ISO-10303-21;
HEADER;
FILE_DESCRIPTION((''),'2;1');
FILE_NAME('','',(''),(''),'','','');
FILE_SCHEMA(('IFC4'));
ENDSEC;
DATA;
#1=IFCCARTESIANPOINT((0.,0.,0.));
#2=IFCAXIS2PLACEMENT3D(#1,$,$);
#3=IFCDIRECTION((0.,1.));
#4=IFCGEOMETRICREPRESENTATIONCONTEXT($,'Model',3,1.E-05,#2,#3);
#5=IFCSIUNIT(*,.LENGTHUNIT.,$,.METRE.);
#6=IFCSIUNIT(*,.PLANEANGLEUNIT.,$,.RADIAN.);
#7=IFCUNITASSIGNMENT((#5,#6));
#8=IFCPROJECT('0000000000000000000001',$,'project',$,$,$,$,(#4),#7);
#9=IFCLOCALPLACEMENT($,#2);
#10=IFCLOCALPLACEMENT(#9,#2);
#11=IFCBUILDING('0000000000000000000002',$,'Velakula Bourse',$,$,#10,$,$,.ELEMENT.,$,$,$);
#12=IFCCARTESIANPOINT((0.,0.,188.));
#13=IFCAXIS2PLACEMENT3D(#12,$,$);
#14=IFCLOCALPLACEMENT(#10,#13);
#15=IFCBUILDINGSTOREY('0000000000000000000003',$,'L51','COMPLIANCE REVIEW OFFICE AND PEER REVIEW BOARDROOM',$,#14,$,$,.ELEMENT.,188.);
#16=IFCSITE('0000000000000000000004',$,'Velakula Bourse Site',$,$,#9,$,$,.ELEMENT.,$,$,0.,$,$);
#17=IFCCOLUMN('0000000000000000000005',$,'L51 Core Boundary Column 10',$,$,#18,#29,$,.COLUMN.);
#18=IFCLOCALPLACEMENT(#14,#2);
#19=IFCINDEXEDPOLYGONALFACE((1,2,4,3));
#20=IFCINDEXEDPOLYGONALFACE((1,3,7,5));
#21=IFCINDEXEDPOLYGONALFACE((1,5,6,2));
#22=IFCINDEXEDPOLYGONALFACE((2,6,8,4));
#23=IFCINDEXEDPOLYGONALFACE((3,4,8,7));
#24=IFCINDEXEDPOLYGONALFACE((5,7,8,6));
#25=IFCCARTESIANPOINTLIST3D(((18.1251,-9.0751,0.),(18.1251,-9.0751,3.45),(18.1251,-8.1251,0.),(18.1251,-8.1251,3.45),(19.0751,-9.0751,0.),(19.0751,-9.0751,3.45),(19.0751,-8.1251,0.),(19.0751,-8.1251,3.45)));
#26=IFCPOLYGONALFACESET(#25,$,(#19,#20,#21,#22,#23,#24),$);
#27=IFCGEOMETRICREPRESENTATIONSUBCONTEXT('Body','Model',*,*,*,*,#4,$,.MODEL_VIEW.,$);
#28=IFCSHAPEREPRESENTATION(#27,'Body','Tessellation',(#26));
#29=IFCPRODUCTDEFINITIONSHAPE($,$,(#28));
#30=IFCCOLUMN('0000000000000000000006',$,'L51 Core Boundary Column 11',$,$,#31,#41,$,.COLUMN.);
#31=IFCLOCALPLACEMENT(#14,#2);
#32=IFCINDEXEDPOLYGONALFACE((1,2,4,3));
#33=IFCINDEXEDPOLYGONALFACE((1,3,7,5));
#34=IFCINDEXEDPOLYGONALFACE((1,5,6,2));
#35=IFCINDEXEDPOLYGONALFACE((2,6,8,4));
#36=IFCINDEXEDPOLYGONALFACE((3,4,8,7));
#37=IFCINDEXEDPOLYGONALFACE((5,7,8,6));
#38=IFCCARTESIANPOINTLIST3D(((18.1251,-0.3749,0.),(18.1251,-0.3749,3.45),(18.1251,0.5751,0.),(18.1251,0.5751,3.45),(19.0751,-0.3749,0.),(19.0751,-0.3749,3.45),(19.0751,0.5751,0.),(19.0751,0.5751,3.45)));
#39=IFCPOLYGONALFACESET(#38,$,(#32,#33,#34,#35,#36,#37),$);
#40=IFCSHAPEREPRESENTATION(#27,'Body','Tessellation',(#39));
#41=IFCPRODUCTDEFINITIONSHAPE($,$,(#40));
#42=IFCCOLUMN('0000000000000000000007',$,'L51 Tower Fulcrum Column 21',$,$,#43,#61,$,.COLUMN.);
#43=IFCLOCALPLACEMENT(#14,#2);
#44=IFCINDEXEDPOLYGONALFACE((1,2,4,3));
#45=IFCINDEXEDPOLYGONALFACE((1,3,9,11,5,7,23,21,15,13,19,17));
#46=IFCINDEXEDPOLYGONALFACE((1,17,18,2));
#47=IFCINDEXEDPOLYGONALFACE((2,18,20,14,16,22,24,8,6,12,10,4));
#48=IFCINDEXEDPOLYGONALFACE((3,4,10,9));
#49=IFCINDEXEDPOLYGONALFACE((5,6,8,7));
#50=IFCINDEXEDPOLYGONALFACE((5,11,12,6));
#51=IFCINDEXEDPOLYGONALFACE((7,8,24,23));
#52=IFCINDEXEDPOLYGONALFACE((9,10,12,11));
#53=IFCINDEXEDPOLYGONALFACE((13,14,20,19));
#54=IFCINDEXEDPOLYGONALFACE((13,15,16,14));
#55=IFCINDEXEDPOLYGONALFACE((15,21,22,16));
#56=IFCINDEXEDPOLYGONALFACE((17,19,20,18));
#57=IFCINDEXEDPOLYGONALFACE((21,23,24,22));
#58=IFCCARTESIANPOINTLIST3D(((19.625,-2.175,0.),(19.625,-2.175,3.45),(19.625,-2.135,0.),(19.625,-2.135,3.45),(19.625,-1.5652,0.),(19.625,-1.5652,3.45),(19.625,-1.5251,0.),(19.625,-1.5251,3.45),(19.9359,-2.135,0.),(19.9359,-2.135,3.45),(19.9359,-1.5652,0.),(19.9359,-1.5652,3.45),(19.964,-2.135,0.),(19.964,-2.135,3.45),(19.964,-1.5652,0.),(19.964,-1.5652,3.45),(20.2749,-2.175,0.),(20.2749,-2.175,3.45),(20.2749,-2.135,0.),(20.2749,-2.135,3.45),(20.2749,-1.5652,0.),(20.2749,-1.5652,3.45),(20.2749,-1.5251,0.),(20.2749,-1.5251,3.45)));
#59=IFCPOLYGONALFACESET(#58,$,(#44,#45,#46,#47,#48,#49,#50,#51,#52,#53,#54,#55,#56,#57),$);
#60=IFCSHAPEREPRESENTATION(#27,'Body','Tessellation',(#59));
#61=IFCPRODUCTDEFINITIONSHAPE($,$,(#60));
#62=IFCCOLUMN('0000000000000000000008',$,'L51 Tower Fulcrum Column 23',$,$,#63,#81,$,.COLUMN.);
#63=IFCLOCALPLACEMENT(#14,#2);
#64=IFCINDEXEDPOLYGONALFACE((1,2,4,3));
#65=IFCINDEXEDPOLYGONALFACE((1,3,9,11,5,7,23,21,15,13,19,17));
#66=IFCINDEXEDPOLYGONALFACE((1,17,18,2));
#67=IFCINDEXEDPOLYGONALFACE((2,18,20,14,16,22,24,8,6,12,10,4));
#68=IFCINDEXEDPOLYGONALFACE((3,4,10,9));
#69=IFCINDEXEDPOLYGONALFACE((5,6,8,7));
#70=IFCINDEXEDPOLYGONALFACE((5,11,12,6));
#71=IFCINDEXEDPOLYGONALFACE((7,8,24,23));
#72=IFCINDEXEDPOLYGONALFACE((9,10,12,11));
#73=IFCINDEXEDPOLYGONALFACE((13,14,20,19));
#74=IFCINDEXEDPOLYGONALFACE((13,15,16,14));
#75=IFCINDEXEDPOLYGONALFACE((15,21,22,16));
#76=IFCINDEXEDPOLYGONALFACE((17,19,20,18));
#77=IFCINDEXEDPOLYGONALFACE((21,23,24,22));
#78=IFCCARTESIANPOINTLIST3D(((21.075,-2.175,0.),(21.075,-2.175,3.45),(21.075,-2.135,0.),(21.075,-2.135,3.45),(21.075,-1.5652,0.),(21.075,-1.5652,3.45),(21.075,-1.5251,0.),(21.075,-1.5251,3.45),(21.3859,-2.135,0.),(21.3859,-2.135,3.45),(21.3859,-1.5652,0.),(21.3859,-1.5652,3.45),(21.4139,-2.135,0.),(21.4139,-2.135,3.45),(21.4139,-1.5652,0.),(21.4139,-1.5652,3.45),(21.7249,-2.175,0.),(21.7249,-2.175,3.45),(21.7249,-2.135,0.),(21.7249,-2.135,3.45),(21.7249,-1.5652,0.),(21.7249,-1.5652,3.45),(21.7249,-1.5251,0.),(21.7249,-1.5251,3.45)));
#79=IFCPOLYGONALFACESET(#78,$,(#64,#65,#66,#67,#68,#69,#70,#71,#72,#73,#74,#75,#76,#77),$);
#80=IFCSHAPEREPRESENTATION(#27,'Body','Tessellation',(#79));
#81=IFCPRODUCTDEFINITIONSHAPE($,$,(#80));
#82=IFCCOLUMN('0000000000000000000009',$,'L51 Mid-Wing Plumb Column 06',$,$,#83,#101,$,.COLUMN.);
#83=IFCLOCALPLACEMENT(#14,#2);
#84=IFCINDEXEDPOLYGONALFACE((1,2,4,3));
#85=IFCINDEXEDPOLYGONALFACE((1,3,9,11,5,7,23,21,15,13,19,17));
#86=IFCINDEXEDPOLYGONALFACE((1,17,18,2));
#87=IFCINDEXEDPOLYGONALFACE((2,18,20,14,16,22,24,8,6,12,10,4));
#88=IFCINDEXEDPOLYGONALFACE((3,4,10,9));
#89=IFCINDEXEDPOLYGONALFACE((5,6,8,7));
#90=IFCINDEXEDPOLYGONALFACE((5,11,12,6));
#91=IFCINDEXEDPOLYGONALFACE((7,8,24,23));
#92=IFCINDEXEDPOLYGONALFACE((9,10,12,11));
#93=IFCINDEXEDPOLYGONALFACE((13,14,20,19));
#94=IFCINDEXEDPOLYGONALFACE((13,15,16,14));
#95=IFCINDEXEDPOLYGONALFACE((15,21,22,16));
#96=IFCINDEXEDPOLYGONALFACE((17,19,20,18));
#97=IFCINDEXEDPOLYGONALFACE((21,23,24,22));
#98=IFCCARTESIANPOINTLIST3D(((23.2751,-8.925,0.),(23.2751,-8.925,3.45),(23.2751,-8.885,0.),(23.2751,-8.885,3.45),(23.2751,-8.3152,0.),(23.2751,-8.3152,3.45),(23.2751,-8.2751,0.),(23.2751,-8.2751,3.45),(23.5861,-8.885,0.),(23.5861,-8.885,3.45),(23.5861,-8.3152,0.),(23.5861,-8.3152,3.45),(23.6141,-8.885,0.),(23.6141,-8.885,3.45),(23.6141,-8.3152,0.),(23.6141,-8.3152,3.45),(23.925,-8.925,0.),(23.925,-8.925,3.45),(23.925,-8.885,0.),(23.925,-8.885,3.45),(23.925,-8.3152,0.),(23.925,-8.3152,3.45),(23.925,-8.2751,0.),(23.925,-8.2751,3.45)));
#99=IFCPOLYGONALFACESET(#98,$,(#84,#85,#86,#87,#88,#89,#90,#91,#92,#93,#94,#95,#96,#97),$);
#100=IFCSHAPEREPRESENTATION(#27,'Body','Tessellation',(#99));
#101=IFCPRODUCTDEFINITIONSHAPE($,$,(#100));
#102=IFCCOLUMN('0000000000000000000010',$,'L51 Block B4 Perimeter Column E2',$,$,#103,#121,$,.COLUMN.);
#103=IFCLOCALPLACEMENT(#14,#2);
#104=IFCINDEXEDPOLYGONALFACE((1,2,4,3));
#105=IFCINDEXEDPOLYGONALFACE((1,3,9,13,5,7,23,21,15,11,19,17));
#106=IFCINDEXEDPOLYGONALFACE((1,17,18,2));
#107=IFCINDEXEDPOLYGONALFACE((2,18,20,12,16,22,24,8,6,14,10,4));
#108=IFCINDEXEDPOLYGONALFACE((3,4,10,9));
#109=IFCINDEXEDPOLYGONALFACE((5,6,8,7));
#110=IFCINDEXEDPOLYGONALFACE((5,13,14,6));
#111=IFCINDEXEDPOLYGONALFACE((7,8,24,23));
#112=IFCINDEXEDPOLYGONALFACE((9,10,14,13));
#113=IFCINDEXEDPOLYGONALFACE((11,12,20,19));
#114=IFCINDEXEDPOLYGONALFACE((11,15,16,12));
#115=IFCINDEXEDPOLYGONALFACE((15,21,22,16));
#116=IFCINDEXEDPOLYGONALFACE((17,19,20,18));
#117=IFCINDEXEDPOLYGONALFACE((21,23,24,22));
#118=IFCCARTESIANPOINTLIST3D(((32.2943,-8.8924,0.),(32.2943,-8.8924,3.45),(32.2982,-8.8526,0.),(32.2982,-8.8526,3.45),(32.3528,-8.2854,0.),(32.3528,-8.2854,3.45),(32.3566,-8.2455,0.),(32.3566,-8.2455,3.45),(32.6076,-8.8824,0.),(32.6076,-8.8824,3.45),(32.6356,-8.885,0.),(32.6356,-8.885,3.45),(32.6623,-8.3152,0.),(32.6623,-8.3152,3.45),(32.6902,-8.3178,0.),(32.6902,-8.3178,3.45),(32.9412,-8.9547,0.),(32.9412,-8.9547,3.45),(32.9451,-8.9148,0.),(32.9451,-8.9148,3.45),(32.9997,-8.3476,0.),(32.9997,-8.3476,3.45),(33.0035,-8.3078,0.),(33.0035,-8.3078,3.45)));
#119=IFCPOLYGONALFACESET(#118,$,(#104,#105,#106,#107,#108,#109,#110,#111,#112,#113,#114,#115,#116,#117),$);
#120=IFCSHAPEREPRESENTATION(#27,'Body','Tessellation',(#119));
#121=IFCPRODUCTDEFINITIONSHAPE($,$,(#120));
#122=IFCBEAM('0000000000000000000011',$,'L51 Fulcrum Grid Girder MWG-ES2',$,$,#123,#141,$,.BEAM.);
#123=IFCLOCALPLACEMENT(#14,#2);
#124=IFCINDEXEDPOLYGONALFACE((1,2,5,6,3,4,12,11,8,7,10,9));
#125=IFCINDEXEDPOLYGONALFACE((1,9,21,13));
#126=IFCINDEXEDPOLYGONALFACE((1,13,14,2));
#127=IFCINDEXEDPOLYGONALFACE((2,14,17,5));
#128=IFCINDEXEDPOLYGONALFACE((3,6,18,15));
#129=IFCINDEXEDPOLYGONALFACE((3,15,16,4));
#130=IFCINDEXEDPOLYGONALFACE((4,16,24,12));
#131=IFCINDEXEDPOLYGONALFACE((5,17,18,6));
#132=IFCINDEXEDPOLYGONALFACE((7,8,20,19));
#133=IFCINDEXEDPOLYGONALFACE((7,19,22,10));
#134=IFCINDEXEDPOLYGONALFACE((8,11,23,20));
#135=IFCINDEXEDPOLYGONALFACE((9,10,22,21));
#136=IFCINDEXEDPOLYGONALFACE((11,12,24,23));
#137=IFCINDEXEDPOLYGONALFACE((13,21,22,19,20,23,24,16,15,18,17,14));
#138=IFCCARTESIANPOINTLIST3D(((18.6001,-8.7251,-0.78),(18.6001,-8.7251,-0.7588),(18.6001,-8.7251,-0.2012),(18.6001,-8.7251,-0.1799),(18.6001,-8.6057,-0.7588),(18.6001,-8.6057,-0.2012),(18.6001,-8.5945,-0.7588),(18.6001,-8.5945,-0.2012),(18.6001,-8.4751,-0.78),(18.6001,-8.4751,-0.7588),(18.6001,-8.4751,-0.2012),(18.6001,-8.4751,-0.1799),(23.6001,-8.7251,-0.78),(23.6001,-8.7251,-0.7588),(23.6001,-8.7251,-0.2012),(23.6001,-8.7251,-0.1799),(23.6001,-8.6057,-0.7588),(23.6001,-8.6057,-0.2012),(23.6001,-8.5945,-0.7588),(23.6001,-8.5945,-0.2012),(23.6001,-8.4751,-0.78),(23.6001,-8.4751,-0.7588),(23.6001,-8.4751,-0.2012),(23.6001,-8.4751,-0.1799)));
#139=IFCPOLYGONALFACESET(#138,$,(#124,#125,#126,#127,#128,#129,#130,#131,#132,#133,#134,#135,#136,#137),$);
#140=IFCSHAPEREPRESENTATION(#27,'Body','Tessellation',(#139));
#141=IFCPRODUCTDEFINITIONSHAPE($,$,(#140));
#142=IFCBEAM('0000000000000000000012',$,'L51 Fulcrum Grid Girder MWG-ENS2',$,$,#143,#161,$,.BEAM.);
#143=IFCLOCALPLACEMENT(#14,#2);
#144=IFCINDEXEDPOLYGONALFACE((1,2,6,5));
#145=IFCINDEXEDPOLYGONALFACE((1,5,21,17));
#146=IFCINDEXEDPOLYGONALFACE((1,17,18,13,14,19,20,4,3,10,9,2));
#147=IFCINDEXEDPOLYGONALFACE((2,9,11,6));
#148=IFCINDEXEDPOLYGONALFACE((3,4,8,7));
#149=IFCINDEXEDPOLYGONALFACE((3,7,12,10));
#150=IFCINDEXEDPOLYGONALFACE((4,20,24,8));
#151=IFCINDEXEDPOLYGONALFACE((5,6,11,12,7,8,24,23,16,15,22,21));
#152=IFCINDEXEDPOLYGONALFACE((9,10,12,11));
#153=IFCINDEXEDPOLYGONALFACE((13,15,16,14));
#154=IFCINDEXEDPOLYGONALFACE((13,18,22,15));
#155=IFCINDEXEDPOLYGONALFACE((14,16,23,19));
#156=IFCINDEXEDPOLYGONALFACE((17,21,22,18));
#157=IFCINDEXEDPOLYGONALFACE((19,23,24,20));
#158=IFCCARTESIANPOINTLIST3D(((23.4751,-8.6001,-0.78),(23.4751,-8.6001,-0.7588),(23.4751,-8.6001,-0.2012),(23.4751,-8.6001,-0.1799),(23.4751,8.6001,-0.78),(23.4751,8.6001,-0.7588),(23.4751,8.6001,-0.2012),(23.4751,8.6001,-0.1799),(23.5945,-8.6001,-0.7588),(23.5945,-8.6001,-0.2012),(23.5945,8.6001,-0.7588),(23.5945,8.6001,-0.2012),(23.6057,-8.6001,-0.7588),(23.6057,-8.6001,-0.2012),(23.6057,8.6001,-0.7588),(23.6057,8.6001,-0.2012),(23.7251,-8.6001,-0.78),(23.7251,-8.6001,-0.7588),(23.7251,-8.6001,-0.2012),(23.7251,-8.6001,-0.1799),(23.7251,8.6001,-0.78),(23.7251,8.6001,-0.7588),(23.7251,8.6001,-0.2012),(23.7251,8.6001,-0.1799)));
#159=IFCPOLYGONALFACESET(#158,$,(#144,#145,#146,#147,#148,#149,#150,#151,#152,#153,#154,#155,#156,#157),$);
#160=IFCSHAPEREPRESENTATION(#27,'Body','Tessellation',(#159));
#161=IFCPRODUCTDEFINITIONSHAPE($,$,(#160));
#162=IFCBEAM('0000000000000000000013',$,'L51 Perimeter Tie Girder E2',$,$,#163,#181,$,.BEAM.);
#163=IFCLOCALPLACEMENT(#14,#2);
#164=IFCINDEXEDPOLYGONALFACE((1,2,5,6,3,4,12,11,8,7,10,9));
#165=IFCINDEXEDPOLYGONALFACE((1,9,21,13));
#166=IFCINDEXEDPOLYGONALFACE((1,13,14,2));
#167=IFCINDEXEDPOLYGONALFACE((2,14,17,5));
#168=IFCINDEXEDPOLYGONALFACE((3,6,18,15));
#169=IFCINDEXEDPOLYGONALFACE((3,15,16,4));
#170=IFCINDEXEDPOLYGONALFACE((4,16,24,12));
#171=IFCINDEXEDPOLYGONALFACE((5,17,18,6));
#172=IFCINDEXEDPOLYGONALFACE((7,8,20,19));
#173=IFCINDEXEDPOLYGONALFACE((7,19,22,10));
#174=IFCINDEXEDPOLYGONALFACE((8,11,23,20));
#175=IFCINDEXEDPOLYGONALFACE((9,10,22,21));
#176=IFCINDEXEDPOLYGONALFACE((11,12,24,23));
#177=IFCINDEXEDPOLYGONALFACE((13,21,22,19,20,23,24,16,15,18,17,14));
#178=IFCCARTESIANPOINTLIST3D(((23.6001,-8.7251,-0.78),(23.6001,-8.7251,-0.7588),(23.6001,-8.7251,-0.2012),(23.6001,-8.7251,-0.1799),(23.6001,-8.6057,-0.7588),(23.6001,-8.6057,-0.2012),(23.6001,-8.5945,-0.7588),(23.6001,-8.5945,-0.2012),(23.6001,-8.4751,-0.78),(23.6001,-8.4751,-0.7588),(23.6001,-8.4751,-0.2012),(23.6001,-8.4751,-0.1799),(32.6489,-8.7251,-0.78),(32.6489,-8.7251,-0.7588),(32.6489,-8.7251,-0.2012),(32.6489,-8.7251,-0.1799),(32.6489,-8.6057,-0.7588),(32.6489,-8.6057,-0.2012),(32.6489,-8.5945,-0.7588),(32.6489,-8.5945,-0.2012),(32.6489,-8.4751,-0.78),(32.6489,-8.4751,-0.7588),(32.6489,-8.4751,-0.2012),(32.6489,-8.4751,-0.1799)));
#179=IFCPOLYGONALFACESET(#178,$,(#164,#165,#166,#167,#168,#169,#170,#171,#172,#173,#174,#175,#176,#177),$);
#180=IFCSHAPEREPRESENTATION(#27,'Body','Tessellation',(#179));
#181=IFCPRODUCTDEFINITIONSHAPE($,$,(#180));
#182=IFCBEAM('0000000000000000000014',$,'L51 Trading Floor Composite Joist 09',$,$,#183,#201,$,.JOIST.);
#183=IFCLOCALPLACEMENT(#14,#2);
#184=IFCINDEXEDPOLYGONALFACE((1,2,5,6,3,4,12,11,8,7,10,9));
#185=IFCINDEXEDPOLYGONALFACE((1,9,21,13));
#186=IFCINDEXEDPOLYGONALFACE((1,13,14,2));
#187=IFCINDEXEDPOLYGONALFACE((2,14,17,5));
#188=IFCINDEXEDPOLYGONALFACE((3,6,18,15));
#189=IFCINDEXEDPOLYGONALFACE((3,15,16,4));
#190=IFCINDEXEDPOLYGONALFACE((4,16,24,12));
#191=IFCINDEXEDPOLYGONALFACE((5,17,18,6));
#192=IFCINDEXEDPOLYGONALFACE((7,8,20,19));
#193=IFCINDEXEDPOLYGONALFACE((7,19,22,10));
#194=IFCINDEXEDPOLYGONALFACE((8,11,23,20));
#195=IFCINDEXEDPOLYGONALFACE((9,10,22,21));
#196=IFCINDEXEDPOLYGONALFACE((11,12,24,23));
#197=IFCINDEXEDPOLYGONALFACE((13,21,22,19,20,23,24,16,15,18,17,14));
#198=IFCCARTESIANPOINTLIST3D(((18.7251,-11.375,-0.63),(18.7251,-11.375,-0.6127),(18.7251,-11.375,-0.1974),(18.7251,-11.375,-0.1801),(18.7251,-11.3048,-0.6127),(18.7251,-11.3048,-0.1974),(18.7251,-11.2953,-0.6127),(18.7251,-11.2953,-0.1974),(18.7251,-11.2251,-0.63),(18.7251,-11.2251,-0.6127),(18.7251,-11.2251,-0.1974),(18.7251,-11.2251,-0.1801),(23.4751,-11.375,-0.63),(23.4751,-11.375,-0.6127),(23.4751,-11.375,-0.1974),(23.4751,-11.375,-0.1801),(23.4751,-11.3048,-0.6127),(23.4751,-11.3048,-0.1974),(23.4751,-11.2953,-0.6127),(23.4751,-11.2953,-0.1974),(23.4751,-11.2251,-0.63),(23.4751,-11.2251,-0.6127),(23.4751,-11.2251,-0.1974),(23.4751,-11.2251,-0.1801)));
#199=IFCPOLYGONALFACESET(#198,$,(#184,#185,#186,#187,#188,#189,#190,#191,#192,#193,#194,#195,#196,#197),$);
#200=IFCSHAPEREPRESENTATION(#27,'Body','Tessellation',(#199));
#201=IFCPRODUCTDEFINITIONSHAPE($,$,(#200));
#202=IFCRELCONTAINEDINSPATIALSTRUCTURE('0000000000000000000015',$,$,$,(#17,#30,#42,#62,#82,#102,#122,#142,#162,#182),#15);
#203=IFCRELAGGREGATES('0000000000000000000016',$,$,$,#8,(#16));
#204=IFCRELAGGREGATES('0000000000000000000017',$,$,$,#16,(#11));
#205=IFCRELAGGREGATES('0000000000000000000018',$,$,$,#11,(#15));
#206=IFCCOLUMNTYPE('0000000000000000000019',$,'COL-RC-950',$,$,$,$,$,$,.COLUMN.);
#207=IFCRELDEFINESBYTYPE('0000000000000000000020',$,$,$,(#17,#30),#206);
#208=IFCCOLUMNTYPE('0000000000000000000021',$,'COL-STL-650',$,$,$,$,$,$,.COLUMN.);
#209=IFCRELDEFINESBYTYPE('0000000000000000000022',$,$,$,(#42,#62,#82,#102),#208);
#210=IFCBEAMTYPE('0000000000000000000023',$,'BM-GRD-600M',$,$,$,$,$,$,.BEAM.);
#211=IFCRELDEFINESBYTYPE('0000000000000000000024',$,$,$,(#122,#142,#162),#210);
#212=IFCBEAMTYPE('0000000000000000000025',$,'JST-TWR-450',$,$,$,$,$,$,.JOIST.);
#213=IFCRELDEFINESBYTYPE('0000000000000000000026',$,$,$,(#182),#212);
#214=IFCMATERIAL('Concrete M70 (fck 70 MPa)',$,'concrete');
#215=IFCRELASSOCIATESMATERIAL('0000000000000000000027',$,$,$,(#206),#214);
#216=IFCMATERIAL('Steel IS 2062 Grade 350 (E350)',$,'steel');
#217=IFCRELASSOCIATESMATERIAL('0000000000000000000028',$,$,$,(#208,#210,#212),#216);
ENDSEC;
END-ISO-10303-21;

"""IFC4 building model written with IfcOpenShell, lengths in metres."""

from ifc_helpers import new_model, si_unit, direction, frame, origin, origin_2d, place, context, subcontext, project, spatial, rectangle, i_section, extrude, material, material_profile, profile_set, type_object, element, save


model = new_model("IFC4")

# Units and contexts
model_context = context("Model", 3, precision=1e-05, world=origin(), true_north=direction((0.0, 1.0)))
body_context = subcontext(model_context, "Body", "Model", "MODEL_VIEW")
ifc_project = project(units=[si_unit("LENGTHUNIT", "METRE"), si_unit("PLANEANGLEUNIT", "RADIAN")], contexts=[model_context])

# Site, building, storey
site_placement = place(None, origin())
site = spatial("IfcSite", under=ifc_project, at=site_placement, Name="Velakula Bourse Site", CompositionType="ELEMENT", RefElevation=0.0)
building_placement = place(site_placement, origin())
building = spatial("IfcBuilding", under=site, at=building_placement, Name="Velakula Bourse", CompositionType="ELEMENT")
storey_placement = place(building_placement, frame((0.0, 0.0, 188.0)))
storey = spatial("IfcBuildingStorey", under=building, at=storey_placement, Name="L51", Description="COMPLIANCE REVIEW OFFICE AND PEER REVIEW BOARDROOM", CompositionType="ELEMENT", Elevation=188.0)

# Columns
ifc_material_1 = material(Name="Concrete M70 (fck 70 MPa)", Category="concrete")
ifc_material_profile_1 = material_profile(ifc_material_1, rectangle(XDim=0.95, YDim=0.95, at=origin_2d()), Name="Concrete M70 (fck 70 MPa)")
ifc_profile_set_1 = profile_set([ifc_material_profile_1], Name="Concrete M70 (fck 70 MPa)")
column_type_1 = type_object("IfcColumnType", Name="COL-RC-950", PredefinedType="COLUMN", material=ifc_profile_set_1)
for number, where, z_axis, x_axis, name in (
    (1, (18.6001, -8.6001, 0.0), (0.0, 0.0, 1.0), (1.0, 0.0, 0.0), "L51 Core Boundary Column 10"),
    (2, (18.6001, 0.1001, 0.0), (0.0, 0.0, 1.0), (1.0, 0.0, 0.0), "L51 Core Boundary Column 11"),
):
    element("IfcColumn", number, at=place(storey_placement, frame(where, z_axis=z_axis, x_axis=x_axis)), inside=storey, type_object=column_type_1, Name=name, PredefinedType="COLUMN", context=body_context, shape_type="SweptSolid", body=[
        extrude(rectangle(XDim=0.95, YDim=0.95, at=origin_2d()), origin(), (0.0, 0.0, 1.0), 3.45),
    ])
ifc_material_2 = material(Name="Steel IS 2062 Grade 350 (E350)", Category="steel")
ifc_material_profile_2 = material_profile(ifc_material_2, i_section(OverallWidth=0.6499, OverallDepth=0.6499, WebThickness=0.0281, FlangeThickness=0.04, at=origin_2d()), Name="Steel IS 2062 Grade 350 (E350)")
ifc_profile_set_2 = profile_set([ifc_material_profile_2], Name="Steel IS 2062 Grade 350 (E350)")
column_type_2 = type_object("IfcColumnType", Name="COL-STL-650", PredefinedType="COLUMN", material=ifc_profile_set_2)
for number, where, z_axis, x_axis, name in (
    (3, (19.95, -1.8501, 0.0), (0.0, 0.0, 1.0), (1.0, 0.0, 0.0), "L51 Tower Fulcrum Column 21"),
    (4, (21.3999, -1.8501, 0.0), (0.0, 0.0, 1.0), (1.0, 0.0, 0.0), "L51 Tower Fulcrum Column 23"),
    (5, (23.6001, -8.6001, 0.0), (0.0, 0.0, 1.0), (1.0, 0.0, 0.0), "L51 Mid-Wing Plumb Column 06"),
    (6, (32.6489, -8.6001, 0.0), (0.0, 0.0, 1.0), (0.995396, -0.095846, 0.0), "L51 Block B4 Perimeter Column E2"),
):
    element("IfcColumn", number, at=place(storey_placement, frame(where, z_axis=z_axis, x_axis=x_axis)), inside=storey, type_object=column_type_2, Name=name, PredefinedType="COLUMN", context=body_context, shape_type="SweptSolid", body=[
        extrude(i_section(OverallWidth=0.6499, OverallDepth=0.6499, WebThickness=0.0281, FlangeThickness=0.04, at=origin_2d()), origin(), (0.0, 0.0, 1.0), 3.45),
    ])

# Beams
ifc_material_profile_3 = material_profile(ifc_material_2, i_section(OverallWidth=0.25, OverallDepth=0.6001, WebThickness=0.0112, FlangeThickness=0.0212, at=origin_2d()), Name="Steel IS 2062 Grade 350 (E350)")
ifc_profile_set_3 = profile_set([ifc_material_profile_3], Name="Steel IS 2062 Grade 350 (E350)")
beam_type_1 = type_object("IfcBeamType", Name="BM-GRD-600M", PredefinedType="BEAM", material=ifc_profile_set_3)
beam_1_placement = place(storey_placement, frame((18.6001, -8.6001, -0.48), z_axis=(1.0, 0.0, 0.0), x_axis=(0.0, 1.0, 0.0)))
element("IfcBeam", 7, at=beam_1_placement, inside=storey, type_object=beam_type_1, Name="L51 Fulcrum Grid Girder MWG-ES2", PredefinedType="BEAM", context=body_context, shape_type="SweptSolid", body=[
    extrude(i_section(OverallWidth=0.25, OverallDepth=0.6001, WebThickness=0.0112, FlangeThickness=0.0212, at=origin_2d()), origin(), (0.0, 0.0, 1.0), 5.0),
])
beam_2_placement = place(storey_placement, frame((23.6001, -8.6001, -0.48), z_axis=(0.0, 1.0, 0.0), x_axis=(-1.0, 0.0, 0.0)))
element("IfcBeam", 8, at=beam_2_placement, inside=storey, type_object=beam_type_1, Name="L51 Fulcrum Grid Girder MWG-ENS2", PredefinedType="BEAM", context=body_context, shape_type="SweptSolid", body=[
    extrude(i_section(OverallWidth=0.25, OverallDepth=0.6001, WebThickness=0.0112, FlangeThickness=0.0212, at=origin_2d()), origin(), (0.0, 0.0, 1.0), 17.2002),
])
beam_3_placement = place(storey_placement, frame((23.6001, -8.6001, -0.48), z_axis=(1.0, 0.0, 0.0), x_axis=(0.0, 1.0, 0.0)))
element("IfcBeam", 9, at=beam_3_placement, inside=storey, type_object=beam_type_1, Name="L51 Perimeter Tie Girder E2", PredefinedType="BEAM", context=body_context, shape_type="SweptSolid", body=[
    extrude(i_section(OverallWidth=0.25, OverallDepth=0.6001, WebThickness=0.0112, FlangeThickness=0.0212, at=origin_2d()), origin(), (0.0, 0.0, 1.0), 9.0488),
])
ifc_material_profile_4 = material_profile(ifc_material_2, i_section(OverallWidth=0.1499, OverallDepth=0.45, WebThickness=0.0095, FlangeThickness=0.0173, at=origin_2d()), Name="Steel IS 2062 Grade 350 (E350)")
ifc_profile_set_4 = profile_set([ifc_material_profile_4], Name="Steel IS 2062 Grade 350 (E350)")
beam_type_2 = type_object("IfcBeamType", Name="JST-TWR-450", PredefinedType="JOIST", material=ifc_profile_set_4)
beam_4_placement = place(storey_placement, frame((18.7251, -11.3, -0.405), z_axis=(1.0, 0.0, 0.0), x_axis=(0.0, 1.0, 0.0)))
element("IfcBeam", 10, at=beam_4_placement, inside=storey, type_object=beam_type_2, Name="L51 Trading Floor Composite Joist 09", PredefinedType="JOIST", context=body_context, shape_type="SweptSolid", body=[
    extrude(i_section(OverallWidth=0.1499, OverallDepth=0.45, WebThickness=0.0095, FlangeThickness=0.0173, at=origin_2d()), origin(), (0.0, 0.0, 1.0), 4.75),
])

save(model, "model.ifc")
